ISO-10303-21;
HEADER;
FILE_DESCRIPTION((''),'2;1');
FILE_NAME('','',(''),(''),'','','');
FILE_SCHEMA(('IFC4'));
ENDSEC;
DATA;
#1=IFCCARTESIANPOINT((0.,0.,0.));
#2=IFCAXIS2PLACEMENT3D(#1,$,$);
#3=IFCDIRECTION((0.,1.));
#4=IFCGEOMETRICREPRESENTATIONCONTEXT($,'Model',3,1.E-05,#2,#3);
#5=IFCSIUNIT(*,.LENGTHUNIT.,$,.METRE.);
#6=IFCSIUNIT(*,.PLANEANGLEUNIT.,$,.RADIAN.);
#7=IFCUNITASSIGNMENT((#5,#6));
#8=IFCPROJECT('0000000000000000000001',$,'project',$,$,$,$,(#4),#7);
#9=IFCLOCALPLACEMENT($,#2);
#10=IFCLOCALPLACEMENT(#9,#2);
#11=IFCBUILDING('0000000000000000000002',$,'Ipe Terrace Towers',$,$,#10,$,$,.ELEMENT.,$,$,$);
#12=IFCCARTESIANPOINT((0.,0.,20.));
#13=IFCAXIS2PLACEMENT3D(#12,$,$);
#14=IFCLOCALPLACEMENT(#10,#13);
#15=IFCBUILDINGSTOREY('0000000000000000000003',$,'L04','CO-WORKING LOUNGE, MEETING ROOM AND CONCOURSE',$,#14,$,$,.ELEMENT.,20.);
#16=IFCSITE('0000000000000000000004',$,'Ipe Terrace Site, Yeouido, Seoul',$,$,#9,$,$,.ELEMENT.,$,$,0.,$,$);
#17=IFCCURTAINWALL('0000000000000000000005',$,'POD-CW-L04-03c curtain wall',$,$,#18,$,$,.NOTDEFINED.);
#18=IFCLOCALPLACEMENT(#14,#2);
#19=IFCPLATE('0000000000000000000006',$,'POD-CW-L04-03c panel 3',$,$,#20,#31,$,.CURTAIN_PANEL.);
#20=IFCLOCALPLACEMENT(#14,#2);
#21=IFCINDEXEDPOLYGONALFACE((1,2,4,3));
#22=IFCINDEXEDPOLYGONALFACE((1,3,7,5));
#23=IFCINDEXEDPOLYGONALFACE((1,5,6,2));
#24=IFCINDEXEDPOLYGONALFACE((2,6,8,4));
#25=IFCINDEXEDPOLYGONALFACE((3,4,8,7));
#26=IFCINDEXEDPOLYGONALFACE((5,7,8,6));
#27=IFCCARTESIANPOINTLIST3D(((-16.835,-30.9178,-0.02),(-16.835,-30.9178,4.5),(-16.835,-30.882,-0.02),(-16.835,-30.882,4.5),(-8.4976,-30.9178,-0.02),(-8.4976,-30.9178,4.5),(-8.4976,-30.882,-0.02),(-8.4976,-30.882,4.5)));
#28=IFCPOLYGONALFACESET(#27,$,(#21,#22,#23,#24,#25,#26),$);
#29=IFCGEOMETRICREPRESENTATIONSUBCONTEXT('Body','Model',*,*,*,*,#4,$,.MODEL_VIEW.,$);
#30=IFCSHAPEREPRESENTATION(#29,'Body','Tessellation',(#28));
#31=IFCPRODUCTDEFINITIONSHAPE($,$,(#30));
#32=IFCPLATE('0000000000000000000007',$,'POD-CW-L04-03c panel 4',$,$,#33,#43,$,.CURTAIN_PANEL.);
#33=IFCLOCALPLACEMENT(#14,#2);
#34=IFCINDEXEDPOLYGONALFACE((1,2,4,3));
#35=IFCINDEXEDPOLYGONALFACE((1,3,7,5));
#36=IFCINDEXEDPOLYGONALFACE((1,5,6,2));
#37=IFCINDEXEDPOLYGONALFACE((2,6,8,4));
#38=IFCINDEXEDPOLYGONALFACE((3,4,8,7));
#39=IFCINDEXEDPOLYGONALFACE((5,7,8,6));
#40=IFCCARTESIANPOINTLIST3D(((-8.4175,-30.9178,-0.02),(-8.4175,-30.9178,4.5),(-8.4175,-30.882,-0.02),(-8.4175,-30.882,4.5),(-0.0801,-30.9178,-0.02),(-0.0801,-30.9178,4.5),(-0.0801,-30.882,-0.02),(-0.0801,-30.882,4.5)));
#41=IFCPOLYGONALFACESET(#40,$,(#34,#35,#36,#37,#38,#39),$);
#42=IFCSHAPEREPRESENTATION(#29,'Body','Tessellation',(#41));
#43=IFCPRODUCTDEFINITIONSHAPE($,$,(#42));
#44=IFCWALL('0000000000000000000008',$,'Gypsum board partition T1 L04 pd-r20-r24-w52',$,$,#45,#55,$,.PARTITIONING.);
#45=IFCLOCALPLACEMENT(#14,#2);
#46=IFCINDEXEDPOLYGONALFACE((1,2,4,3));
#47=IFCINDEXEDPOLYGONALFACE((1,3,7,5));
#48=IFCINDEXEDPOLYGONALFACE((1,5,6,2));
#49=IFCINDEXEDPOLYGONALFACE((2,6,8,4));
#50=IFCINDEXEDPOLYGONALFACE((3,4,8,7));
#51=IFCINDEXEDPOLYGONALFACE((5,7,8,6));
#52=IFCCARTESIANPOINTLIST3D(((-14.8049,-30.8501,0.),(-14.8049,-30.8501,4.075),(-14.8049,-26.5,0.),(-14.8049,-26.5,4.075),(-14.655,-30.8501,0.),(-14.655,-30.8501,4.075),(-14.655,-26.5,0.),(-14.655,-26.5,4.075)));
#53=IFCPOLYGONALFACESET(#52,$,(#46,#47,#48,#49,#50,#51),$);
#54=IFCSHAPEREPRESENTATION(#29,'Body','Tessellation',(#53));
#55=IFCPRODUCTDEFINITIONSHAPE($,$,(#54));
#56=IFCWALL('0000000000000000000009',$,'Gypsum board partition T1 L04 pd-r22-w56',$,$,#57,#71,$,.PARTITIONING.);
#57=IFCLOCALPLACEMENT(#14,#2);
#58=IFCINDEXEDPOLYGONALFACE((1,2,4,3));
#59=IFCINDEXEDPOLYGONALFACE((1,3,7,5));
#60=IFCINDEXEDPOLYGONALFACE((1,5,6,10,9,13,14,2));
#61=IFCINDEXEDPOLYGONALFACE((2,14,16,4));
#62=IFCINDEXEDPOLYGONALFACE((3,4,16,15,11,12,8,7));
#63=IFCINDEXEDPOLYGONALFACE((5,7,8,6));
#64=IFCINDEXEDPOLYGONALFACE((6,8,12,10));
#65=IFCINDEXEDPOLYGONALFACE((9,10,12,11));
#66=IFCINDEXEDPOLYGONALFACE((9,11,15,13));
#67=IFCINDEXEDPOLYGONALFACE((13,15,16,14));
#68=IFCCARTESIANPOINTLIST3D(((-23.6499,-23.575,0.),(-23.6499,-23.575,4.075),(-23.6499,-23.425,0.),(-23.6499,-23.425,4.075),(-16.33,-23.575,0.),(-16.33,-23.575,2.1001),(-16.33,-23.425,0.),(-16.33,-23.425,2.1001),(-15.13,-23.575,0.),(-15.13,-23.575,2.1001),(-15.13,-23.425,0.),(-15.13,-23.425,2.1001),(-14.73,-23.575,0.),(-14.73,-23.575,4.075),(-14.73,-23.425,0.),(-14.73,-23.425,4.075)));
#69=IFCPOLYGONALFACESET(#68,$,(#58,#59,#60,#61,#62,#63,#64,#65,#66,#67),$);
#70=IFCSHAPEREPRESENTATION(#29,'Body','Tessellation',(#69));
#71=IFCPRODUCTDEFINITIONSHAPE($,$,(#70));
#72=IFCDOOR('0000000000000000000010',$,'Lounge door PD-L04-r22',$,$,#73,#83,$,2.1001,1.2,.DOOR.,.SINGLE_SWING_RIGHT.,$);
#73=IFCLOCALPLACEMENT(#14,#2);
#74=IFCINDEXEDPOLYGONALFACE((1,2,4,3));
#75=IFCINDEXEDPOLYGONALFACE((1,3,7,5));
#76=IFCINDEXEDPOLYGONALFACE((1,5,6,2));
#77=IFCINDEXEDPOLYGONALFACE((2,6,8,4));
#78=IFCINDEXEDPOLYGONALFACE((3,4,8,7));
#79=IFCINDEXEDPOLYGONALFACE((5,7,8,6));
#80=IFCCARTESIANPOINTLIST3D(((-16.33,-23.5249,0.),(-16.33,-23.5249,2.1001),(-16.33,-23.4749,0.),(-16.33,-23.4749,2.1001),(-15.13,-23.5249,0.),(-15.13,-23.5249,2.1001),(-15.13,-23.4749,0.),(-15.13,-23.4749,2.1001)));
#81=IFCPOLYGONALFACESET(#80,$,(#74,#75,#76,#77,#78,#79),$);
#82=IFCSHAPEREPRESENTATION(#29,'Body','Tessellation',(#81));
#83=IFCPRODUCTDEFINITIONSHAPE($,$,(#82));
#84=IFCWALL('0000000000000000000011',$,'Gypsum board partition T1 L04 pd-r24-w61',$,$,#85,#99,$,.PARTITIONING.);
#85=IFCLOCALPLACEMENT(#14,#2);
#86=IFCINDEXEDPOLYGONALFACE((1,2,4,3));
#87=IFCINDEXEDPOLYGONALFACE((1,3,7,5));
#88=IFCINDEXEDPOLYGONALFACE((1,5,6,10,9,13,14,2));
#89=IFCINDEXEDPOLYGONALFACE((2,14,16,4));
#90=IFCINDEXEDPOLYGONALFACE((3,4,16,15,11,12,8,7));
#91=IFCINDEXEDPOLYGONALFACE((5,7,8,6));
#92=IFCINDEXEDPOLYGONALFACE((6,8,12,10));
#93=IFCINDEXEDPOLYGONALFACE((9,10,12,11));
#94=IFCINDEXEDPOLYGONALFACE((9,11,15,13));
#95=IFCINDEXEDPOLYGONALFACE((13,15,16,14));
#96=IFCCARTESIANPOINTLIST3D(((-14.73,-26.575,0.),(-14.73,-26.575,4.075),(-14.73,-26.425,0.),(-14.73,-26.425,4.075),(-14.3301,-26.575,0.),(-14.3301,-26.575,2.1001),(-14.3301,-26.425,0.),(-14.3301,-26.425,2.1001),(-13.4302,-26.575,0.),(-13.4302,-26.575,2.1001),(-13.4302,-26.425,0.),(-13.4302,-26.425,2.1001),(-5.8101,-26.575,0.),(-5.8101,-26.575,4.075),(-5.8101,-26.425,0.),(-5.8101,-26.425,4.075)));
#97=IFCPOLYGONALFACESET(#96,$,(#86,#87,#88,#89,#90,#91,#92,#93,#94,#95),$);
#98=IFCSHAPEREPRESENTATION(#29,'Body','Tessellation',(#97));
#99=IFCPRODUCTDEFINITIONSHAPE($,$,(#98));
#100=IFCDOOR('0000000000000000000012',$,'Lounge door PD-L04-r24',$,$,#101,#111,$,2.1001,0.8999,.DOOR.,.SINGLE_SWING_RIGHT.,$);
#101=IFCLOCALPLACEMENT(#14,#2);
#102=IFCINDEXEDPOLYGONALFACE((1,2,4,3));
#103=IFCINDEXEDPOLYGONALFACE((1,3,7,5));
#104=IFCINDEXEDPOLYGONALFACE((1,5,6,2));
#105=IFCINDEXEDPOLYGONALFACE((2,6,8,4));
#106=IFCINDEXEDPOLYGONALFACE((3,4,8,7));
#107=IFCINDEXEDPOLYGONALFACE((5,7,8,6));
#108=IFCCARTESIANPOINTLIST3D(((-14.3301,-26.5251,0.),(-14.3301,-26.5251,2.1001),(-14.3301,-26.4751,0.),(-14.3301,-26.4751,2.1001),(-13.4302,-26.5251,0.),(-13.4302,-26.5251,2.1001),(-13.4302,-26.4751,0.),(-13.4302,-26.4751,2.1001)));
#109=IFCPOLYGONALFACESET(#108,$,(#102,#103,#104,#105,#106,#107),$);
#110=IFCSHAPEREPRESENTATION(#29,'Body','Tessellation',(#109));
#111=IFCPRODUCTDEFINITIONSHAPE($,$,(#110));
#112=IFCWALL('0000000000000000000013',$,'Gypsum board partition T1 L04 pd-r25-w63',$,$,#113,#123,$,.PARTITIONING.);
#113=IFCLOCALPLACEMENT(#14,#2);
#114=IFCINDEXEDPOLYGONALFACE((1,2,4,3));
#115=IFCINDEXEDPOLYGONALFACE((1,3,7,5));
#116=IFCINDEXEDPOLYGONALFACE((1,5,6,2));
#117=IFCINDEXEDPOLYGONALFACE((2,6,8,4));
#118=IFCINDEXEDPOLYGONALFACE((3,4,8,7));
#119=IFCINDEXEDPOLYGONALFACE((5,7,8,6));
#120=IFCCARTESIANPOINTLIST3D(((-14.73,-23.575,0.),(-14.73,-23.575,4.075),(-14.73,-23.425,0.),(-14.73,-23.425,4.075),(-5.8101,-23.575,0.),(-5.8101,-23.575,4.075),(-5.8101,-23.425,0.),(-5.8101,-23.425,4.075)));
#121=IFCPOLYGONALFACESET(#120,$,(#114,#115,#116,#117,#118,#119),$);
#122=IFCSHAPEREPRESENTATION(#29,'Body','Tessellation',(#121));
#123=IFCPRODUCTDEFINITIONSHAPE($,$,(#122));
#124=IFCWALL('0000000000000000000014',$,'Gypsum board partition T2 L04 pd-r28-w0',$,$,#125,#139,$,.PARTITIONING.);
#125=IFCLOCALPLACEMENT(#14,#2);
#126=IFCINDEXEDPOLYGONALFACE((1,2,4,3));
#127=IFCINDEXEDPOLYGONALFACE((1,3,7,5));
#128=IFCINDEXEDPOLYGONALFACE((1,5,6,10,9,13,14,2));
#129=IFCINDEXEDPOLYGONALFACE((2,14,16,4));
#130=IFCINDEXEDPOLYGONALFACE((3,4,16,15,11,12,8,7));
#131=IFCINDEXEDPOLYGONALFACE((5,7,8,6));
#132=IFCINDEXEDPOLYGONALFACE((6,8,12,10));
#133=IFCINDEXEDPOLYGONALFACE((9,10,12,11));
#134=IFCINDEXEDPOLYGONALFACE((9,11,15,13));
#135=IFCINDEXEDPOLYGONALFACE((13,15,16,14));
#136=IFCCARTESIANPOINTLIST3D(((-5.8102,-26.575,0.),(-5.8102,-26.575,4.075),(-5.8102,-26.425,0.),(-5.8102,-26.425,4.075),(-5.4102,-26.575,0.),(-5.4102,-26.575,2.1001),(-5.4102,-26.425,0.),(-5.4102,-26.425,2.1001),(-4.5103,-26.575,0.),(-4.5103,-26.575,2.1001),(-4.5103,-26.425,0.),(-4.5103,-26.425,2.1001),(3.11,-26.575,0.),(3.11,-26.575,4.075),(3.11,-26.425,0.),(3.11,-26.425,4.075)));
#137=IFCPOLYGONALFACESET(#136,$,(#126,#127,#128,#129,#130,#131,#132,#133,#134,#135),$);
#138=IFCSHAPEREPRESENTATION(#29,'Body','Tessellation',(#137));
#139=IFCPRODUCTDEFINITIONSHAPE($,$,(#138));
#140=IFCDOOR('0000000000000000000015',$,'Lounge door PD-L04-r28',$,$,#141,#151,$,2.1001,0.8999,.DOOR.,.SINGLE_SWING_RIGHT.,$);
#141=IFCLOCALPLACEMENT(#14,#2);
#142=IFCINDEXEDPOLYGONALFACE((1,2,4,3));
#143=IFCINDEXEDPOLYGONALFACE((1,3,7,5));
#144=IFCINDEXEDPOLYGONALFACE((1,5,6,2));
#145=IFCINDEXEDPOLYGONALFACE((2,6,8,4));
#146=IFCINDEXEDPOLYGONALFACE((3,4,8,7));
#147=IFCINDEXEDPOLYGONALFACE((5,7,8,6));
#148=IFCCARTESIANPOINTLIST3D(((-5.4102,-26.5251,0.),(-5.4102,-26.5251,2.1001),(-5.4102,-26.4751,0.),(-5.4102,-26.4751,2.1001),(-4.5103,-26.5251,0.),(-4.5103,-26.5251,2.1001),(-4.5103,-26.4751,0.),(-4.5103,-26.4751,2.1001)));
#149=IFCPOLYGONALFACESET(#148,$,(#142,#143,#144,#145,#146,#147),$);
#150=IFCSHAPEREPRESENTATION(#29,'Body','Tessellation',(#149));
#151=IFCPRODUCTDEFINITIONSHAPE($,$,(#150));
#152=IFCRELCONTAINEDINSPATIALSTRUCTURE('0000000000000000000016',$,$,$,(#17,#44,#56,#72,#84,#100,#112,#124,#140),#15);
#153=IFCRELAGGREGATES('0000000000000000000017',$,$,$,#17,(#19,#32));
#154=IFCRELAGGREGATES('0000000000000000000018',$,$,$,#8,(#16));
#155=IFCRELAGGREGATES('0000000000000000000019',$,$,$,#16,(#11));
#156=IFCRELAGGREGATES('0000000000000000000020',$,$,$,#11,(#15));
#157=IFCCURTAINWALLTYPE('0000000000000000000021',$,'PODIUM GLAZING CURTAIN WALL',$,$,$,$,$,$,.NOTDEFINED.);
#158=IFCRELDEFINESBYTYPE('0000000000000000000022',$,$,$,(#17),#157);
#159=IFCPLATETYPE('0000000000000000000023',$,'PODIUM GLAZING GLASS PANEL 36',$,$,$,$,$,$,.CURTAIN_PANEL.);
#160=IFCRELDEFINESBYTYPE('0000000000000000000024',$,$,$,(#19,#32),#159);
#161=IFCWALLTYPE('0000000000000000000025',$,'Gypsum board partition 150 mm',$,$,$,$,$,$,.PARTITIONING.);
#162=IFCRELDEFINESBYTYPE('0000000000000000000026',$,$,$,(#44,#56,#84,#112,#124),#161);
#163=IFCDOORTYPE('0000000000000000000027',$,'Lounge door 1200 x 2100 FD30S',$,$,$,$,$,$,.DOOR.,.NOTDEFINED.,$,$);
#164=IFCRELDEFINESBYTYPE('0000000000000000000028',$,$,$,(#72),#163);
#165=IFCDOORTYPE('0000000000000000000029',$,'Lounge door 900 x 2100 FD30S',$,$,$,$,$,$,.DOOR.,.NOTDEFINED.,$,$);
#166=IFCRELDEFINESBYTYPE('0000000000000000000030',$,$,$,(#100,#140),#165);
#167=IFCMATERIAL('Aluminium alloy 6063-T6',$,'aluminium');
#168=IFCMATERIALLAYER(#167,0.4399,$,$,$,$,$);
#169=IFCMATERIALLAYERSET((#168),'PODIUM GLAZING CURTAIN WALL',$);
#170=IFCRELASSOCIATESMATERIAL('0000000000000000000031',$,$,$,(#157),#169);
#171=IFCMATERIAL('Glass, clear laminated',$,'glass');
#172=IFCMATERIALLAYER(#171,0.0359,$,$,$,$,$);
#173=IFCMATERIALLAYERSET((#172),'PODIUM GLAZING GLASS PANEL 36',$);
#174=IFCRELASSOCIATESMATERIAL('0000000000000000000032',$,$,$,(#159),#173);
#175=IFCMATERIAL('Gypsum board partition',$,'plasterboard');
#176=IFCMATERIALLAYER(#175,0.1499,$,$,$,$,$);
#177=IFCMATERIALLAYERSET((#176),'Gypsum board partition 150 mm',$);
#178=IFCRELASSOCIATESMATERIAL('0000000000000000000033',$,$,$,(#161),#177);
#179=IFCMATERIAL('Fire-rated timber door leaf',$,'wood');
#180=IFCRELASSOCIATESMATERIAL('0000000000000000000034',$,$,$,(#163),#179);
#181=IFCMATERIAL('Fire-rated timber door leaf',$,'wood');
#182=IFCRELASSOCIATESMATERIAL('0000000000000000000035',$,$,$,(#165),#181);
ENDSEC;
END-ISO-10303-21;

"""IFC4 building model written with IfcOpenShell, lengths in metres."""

from ifc_helpers import new_model, si_unit, direction, frame, frame_2d, origin, origin_2d, place, context, subcontext, project, spatial, rectangle, extrude, material, layer, layer_set, type_object, element, fill, aggregate, save


model = new_model("IFC4")

# Units and contexts
model_context = context("Model", 3, precision=1e-05, world=origin(), true_north=direction((0.0, 1.0)))
body_context = subcontext(model_context, "Body", "Model", "MODEL_VIEW")
ifc_project = project(units=[si_unit("LENGTHUNIT", "METRE"), si_unit("PLANEANGLEUNIT", "RADIAN")], contexts=[model_context])

# Site, building, storey
site_placement = place(None, origin())
site = spatial("IfcSite", under=ifc_project, at=site_placement, Name="Ipe Terrace Site, Yeouido, Seoul", CompositionType="ELEMENT", RefElevation=0.0)
building_placement = place(site_placement, origin())
building = spatial("IfcBuilding", under=site, at=building_placement, Name="Ipe Terrace Towers", CompositionType="ELEMENT")
storey_placement = place(building_placement, frame((0.0, 0.0, 20.0)))
storey = spatial("IfcBuildingStorey", under=building, at=storey_placement, Name="L04", Description="CO-WORKING LOUNGE, MEETING ROOM AND CONCOURSE", CompositionType="ELEMENT", Elevation=20.0)

# Curtain wall, plates
ifc_material_1 = material(Name="Aluminium alloy 6063-T6", Category="aluminium")
ifc_layer_1 = layer(ifc_material_1, 0.4399)
ifc_layer_set_1 = layer_set([ifc_layer_1], Name="PODIUM GLAZING CURTAIN WALL")
curtain_wall_type = type_object("IfcCurtainWallType", Name="PODIUM GLAZING CURTAIN WALL", PredefinedType="NOTDEFINED", material=ifc_layer_set_1)
curtain_wall_placement = place(storey_placement, origin())
curtain_wall = element("IfcCurtainWall", 1, at=curtain_wall_placement, inside=storey, type_object=curtain_wall_type, Name="POD-CW-L04-03c curtain wall", PredefinedType="NOTDEFINED")
ifc_material_2 = material(Name="Glass, clear laminated", Category="glass")
ifc_layer_2 = layer(ifc_material_2, 0.0359)
ifc_layer_set_2 = layer_set([ifc_layer_2], Name="PODIUM GLAZING GLASS PANEL 36")
plate_type = type_object("IfcPlateType", Name="PODIUM GLAZING GLASS PANEL 36", PredefinedType="CURTAIN_PANEL", material=ifc_layer_set_2)
plate_1_placement = place(storey_placement, frame((-12.6663, -30.8999, -0.02), z_axis=(0.0, 0.0, 1.0), x_axis=(1.0, 0.0, 0.0)))
plate_1 = element("IfcPlate", 2, at=plate_1_placement, type_object=plate_type, Name="POD-CW-L04-03c panel 3", PredefinedType="CURTAIN_PANEL", context=body_context, shape_type="SweptSolid", body=[
    extrude(rectangle(XDim=8.3374, YDim=0.0359, at=origin_2d()), origin(), (0.0, 0.0, 1.0), 4.52),
])
plate_2_placement = place(storey_placement, frame((-4.2488, -30.8999, -0.02), z_axis=(0.0, 0.0, 1.0), x_axis=(1.0, 0.0, 0.0)))
plate_2 = element("IfcPlate", 3, at=plate_2_placement, type_object=plate_type, Name="POD-CW-L04-03c panel 4", PredefinedType="CURTAIN_PANEL", context=body_context, shape_type="SweptSolid", body=[
    extrude(rectangle(XDim=8.3374, YDim=0.0359, at=origin_2d()), origin(), (0.0, 0.0, 1.0), 4.52),
])
aggregate(curtain_wall, [plate_1, plate_2])

# Wall
ifc_material_3 = material(Name="Gypsum board partition", Category="plasterboard")
ifc_layer_3 = layer(ifc_material_3, 0.1499)
ifc_layer_set_3 = layer_set([ifc_layer_3], Name="Gypsum board partition 150 mm")
wall_type_1 = type_object("IfcWallType", Name="Gypsum board partition 150 mm", PredefinedType="PARTITIONING", material=ifc_layer_set_3)
wall_1_placement = place(storey_placement, frame((-14.73, -26.5, 0.0), z_axis=(0.0, 0.0, 1.0), x_axis=(0.0, -1.0, 0.0)))
element("IfcWall", 4, at=wall_1_placement, inside=storey, type_object=wall_type_1, Name="Gypsum board partition T1 L04 pd-r20-r24-w52", PredefinedType="PARTITIONING", context=body_context, shape_type="SweptSolid", body=[
    extrude(rectangle(XDim=4.3501, YDim=0.1499, at=frame_2d((2.175, 0.0))), origin(), (0.0, 0.0, 1.0), 4.075),
])

# Walls, openings, doors
wall_2_placement = place(storey_placement, frame((-14.73, -23.5, 0.0), z_axis=(0.0, 0.0, 1.0), x_axis=(-1.0, 0.0, 0.0)))
wall_2 = element("IfcWall", 5, at=wall_2_placement, inside=storey, type_object=wall_type_1, Name="Gypsum board partition T1 L04 pd-r22-w56", PredefinedType="PARTITIONING", context=body_context, shape_type="SweptSolid", body=[
    extrude(rectangle(XDim=8.9199, YDim=0.1499, at=frame_2d((4.46, 0.0))), origin(), (0.0, 0.0, 1.0), 4.075),
])
opening_1_placement = place(wall_2_placement, frame((0.3999, 0.0, 0.0)))
opening_1 = element("IfcOpeningElement", 6, at=opening_1_placement, cuts=wall_2, PredefinedType="OPENING", context=body_context, shape_type="SweptSolid", body=[
    extrude(rectangle(XDim=1.2, YDim=2.1001, at=frame_2d((0.6001, 1.05))), frame((0.0, 0.085, 0.0), z_axis=(0.0, -1.0, 0.0), x_axis=(1.0, 0.0, 0.0)), (0.0, 0.0, 1.0), 0.1699),
])
ifc_material_4 = material(Name="Fire-rated timber door leaf", Category="wood")
door_type_1 = type_object("IfcDoorType", Name="Lounge door 1200 x 2100 FD30S", OperationType="NOTDEFINED", PredefinedType="DOOR", material=ifc_material_4)
door_1_placement = place(opening_1_placement, origin())
door_1 = element("IfcDoor", 7, at=door_1_placement, inside=storey, type_object=door_type_1, Name="Lounge door PD-L04-r22", OperationType="SINGLE_SWING_RIGHT", OverallHeight=2.1001, OverallWidth=1.2, PredefinedType="DOOR", context=body_context, shape_type="SweptSolid", body=[
    extrude(rectangle(XDim=1.2, YDim=2.1001, at=frame_2d((0.6001, 1.05))), frame((0.0, 0.0249, 0.0), z_axis=(0.0, -1.0, 0.0), x_axis=(1.0, 0.0, 0.0)), (0.0, 0.0, 1.0), 0.05),
])
fill(opening_1, door_1)
wall_3_placement = place(storey_placement, frame((-14.73, -26.5, 0.0), z_axis=(0.0, 0.0, 1.0), x_axis=(1.0, 0.0, 0.0)))
wall_3 = element("IfcWall", 8, at=wall_3_placement, inside=storey, type_object=wall_type_1, Name="Gypsum board partition T1 L04 pd-r24-w61", PredefinedType="PARTITIONING", context=body_context, shape_type="SweptSolid", body=[
    extrude(rectangle(XDim=8.9199, YDim=0.1499, at=frame_2d((4.46, 0.0))), origin(), (0.0, 0.0, 1.0), 4.075),
])
opening_2_placement = place(wall_3_placement, frame((0.3999, 0.0, 0.0)))
opening_2 = element("IfcOpeningElement", 9, at=opening_2_placement, cuts=wall_3, PredefinedType="OPENING", context=body_context, shape_type="SweptSolid", body=[
    extrude(rectangle(XDim=0.8999, YDim=2.1001, at=frame_2d((0.45, 1.05))), frame((0.0, 0.085, 0.0), z_axis=(0.0, -1.0, 0.0), x_axis=(1.0, 0.0, 0.0)), (0.0, 0.0, 1.0), 0.1699),
])
ifc_material_5 = material(Name="Fire-rated timber door leaf", Category="wood")
door_type_2 = type_object("IfcDoorType", Name="Lounge door 900 x 2100 FD30S", OperationType="NOTDEFINED", PredefinedType="DOOR", material=ifc_material_5)
door_2_placement = place(opening_2_placement, origin())
door_2 = element("IfcDoor", 10, at=door_2_placement, inside=storey, type_object=door_type_2, Name="Lounge door PD-L04-r24", OperationType="SINGLE_SWING_RIGHT", OverallHeight=2.1001, OverallWidth=0.8999, PredefinedType="DOOR", context=body_context, shape_type="SweptSolid", body=[
    extrude(rectangle(XDim=0.8999, YDim=2.1001, at=frame_2d((0.45, 1.05))), frame((0.0, 0.0249, 0.0), z_axis=(0.0, -1.0, 0.0), x_axis=(1.0, 0.0, 0.0)), (0.0, 0.0, 1.0), 0.05),
])
fill(opening_2, door_2)

# Wall
wall_4_placement = place(storey_placement, frame((-5.8101, -23.5, 0.0), z_axis=(0.0, 0.0, 1.0), x_axis=(-1.0, 0.0, 0.0)))
element("IfcWall", 11, at=wall_4_placement, inside=storey, type_object=wall_type_1, Name="Gypsum board partition T1 L04 pd-r25-w63", PredefinedType="PARTITIONING", context=body_context, shape_type="SweptSolid", body=[
    extrude(rectangle(XDim=8.9199, YDim=0.1499, at=frame_2d((4.46, 0.0))), origin(), (0.0, 0.0, 1.0), 4.075),
])

# Wall, opening, door
wall_5_placement = place(storey_placement, frame((-5.8101, -26.5, 0.0), z_axis=(0.0, 0.0, 1.0), x_axis=(1.0, 0.0, 0.0)))
wall_5 = element("IfcWall", 12, at=wall_5_placement, inside=storey, type_object=wall_type_1, Name="Gypsum board partition T2 L04 pd-r28-w0", PredefinedType="PARTITIONING", context=body_context, shape_type="SweptSolid", body=[
    extrude(rectangle(XDim=8.9202, YDim=0.1499, at=frame_2d((4.46, 0.0))), origin(), (0.0, 0.0, 1.0), 4.075),
])
opening_3_placement = place(wall_5_placement, frame((0.3999, 0.0, 0.0)))
opening_3 = element("IfcOpeningElement", 13, at=opening_3_placement, cuts=wall_5, PredefinedType="OPENING", context=body_context, shape_type="SweptSolid", body=[
    extrude(rectangle(XDim=0.8999, YDim=2.1001, at=frame_2d((0.45, 1.05))), frame((0.0, 0.085, 0.0), z_axis=(0.0, -1.0, 0.0), x_axis=(1.0, 0.0, 0.0)), (0.0, 0.0, 1.0), 0.1699),
])
door_3_placement = place(opening_3_placement, origin())
door_3 = element("IfcDoor", 14, at=door_3_placement, inside=storey, type_object=door_type_2, Name="Lounge door PD-L04-r28", OperationType="SINGLE_SWING_RIGHT", OverallHeight=2.1001, OverallWidth=0.8999, PredefinedType="DOOR", context=body_context, shape_type="SweptSolid", body=[
    extrude(rectangle(XDim=0.8999, YDim=2.1001, at=frame_2d((0.45, 1.05))), frame((0.0, 0.0249, 0.0), z_axis=(0.0, -1.0, 0.0), x_axis=(1.0, 0.0, 0.0)), (0.0, 0.0, 1.0), 0.05),
])
fill(opening_3, door_3)

save(model, "model.ifc")
